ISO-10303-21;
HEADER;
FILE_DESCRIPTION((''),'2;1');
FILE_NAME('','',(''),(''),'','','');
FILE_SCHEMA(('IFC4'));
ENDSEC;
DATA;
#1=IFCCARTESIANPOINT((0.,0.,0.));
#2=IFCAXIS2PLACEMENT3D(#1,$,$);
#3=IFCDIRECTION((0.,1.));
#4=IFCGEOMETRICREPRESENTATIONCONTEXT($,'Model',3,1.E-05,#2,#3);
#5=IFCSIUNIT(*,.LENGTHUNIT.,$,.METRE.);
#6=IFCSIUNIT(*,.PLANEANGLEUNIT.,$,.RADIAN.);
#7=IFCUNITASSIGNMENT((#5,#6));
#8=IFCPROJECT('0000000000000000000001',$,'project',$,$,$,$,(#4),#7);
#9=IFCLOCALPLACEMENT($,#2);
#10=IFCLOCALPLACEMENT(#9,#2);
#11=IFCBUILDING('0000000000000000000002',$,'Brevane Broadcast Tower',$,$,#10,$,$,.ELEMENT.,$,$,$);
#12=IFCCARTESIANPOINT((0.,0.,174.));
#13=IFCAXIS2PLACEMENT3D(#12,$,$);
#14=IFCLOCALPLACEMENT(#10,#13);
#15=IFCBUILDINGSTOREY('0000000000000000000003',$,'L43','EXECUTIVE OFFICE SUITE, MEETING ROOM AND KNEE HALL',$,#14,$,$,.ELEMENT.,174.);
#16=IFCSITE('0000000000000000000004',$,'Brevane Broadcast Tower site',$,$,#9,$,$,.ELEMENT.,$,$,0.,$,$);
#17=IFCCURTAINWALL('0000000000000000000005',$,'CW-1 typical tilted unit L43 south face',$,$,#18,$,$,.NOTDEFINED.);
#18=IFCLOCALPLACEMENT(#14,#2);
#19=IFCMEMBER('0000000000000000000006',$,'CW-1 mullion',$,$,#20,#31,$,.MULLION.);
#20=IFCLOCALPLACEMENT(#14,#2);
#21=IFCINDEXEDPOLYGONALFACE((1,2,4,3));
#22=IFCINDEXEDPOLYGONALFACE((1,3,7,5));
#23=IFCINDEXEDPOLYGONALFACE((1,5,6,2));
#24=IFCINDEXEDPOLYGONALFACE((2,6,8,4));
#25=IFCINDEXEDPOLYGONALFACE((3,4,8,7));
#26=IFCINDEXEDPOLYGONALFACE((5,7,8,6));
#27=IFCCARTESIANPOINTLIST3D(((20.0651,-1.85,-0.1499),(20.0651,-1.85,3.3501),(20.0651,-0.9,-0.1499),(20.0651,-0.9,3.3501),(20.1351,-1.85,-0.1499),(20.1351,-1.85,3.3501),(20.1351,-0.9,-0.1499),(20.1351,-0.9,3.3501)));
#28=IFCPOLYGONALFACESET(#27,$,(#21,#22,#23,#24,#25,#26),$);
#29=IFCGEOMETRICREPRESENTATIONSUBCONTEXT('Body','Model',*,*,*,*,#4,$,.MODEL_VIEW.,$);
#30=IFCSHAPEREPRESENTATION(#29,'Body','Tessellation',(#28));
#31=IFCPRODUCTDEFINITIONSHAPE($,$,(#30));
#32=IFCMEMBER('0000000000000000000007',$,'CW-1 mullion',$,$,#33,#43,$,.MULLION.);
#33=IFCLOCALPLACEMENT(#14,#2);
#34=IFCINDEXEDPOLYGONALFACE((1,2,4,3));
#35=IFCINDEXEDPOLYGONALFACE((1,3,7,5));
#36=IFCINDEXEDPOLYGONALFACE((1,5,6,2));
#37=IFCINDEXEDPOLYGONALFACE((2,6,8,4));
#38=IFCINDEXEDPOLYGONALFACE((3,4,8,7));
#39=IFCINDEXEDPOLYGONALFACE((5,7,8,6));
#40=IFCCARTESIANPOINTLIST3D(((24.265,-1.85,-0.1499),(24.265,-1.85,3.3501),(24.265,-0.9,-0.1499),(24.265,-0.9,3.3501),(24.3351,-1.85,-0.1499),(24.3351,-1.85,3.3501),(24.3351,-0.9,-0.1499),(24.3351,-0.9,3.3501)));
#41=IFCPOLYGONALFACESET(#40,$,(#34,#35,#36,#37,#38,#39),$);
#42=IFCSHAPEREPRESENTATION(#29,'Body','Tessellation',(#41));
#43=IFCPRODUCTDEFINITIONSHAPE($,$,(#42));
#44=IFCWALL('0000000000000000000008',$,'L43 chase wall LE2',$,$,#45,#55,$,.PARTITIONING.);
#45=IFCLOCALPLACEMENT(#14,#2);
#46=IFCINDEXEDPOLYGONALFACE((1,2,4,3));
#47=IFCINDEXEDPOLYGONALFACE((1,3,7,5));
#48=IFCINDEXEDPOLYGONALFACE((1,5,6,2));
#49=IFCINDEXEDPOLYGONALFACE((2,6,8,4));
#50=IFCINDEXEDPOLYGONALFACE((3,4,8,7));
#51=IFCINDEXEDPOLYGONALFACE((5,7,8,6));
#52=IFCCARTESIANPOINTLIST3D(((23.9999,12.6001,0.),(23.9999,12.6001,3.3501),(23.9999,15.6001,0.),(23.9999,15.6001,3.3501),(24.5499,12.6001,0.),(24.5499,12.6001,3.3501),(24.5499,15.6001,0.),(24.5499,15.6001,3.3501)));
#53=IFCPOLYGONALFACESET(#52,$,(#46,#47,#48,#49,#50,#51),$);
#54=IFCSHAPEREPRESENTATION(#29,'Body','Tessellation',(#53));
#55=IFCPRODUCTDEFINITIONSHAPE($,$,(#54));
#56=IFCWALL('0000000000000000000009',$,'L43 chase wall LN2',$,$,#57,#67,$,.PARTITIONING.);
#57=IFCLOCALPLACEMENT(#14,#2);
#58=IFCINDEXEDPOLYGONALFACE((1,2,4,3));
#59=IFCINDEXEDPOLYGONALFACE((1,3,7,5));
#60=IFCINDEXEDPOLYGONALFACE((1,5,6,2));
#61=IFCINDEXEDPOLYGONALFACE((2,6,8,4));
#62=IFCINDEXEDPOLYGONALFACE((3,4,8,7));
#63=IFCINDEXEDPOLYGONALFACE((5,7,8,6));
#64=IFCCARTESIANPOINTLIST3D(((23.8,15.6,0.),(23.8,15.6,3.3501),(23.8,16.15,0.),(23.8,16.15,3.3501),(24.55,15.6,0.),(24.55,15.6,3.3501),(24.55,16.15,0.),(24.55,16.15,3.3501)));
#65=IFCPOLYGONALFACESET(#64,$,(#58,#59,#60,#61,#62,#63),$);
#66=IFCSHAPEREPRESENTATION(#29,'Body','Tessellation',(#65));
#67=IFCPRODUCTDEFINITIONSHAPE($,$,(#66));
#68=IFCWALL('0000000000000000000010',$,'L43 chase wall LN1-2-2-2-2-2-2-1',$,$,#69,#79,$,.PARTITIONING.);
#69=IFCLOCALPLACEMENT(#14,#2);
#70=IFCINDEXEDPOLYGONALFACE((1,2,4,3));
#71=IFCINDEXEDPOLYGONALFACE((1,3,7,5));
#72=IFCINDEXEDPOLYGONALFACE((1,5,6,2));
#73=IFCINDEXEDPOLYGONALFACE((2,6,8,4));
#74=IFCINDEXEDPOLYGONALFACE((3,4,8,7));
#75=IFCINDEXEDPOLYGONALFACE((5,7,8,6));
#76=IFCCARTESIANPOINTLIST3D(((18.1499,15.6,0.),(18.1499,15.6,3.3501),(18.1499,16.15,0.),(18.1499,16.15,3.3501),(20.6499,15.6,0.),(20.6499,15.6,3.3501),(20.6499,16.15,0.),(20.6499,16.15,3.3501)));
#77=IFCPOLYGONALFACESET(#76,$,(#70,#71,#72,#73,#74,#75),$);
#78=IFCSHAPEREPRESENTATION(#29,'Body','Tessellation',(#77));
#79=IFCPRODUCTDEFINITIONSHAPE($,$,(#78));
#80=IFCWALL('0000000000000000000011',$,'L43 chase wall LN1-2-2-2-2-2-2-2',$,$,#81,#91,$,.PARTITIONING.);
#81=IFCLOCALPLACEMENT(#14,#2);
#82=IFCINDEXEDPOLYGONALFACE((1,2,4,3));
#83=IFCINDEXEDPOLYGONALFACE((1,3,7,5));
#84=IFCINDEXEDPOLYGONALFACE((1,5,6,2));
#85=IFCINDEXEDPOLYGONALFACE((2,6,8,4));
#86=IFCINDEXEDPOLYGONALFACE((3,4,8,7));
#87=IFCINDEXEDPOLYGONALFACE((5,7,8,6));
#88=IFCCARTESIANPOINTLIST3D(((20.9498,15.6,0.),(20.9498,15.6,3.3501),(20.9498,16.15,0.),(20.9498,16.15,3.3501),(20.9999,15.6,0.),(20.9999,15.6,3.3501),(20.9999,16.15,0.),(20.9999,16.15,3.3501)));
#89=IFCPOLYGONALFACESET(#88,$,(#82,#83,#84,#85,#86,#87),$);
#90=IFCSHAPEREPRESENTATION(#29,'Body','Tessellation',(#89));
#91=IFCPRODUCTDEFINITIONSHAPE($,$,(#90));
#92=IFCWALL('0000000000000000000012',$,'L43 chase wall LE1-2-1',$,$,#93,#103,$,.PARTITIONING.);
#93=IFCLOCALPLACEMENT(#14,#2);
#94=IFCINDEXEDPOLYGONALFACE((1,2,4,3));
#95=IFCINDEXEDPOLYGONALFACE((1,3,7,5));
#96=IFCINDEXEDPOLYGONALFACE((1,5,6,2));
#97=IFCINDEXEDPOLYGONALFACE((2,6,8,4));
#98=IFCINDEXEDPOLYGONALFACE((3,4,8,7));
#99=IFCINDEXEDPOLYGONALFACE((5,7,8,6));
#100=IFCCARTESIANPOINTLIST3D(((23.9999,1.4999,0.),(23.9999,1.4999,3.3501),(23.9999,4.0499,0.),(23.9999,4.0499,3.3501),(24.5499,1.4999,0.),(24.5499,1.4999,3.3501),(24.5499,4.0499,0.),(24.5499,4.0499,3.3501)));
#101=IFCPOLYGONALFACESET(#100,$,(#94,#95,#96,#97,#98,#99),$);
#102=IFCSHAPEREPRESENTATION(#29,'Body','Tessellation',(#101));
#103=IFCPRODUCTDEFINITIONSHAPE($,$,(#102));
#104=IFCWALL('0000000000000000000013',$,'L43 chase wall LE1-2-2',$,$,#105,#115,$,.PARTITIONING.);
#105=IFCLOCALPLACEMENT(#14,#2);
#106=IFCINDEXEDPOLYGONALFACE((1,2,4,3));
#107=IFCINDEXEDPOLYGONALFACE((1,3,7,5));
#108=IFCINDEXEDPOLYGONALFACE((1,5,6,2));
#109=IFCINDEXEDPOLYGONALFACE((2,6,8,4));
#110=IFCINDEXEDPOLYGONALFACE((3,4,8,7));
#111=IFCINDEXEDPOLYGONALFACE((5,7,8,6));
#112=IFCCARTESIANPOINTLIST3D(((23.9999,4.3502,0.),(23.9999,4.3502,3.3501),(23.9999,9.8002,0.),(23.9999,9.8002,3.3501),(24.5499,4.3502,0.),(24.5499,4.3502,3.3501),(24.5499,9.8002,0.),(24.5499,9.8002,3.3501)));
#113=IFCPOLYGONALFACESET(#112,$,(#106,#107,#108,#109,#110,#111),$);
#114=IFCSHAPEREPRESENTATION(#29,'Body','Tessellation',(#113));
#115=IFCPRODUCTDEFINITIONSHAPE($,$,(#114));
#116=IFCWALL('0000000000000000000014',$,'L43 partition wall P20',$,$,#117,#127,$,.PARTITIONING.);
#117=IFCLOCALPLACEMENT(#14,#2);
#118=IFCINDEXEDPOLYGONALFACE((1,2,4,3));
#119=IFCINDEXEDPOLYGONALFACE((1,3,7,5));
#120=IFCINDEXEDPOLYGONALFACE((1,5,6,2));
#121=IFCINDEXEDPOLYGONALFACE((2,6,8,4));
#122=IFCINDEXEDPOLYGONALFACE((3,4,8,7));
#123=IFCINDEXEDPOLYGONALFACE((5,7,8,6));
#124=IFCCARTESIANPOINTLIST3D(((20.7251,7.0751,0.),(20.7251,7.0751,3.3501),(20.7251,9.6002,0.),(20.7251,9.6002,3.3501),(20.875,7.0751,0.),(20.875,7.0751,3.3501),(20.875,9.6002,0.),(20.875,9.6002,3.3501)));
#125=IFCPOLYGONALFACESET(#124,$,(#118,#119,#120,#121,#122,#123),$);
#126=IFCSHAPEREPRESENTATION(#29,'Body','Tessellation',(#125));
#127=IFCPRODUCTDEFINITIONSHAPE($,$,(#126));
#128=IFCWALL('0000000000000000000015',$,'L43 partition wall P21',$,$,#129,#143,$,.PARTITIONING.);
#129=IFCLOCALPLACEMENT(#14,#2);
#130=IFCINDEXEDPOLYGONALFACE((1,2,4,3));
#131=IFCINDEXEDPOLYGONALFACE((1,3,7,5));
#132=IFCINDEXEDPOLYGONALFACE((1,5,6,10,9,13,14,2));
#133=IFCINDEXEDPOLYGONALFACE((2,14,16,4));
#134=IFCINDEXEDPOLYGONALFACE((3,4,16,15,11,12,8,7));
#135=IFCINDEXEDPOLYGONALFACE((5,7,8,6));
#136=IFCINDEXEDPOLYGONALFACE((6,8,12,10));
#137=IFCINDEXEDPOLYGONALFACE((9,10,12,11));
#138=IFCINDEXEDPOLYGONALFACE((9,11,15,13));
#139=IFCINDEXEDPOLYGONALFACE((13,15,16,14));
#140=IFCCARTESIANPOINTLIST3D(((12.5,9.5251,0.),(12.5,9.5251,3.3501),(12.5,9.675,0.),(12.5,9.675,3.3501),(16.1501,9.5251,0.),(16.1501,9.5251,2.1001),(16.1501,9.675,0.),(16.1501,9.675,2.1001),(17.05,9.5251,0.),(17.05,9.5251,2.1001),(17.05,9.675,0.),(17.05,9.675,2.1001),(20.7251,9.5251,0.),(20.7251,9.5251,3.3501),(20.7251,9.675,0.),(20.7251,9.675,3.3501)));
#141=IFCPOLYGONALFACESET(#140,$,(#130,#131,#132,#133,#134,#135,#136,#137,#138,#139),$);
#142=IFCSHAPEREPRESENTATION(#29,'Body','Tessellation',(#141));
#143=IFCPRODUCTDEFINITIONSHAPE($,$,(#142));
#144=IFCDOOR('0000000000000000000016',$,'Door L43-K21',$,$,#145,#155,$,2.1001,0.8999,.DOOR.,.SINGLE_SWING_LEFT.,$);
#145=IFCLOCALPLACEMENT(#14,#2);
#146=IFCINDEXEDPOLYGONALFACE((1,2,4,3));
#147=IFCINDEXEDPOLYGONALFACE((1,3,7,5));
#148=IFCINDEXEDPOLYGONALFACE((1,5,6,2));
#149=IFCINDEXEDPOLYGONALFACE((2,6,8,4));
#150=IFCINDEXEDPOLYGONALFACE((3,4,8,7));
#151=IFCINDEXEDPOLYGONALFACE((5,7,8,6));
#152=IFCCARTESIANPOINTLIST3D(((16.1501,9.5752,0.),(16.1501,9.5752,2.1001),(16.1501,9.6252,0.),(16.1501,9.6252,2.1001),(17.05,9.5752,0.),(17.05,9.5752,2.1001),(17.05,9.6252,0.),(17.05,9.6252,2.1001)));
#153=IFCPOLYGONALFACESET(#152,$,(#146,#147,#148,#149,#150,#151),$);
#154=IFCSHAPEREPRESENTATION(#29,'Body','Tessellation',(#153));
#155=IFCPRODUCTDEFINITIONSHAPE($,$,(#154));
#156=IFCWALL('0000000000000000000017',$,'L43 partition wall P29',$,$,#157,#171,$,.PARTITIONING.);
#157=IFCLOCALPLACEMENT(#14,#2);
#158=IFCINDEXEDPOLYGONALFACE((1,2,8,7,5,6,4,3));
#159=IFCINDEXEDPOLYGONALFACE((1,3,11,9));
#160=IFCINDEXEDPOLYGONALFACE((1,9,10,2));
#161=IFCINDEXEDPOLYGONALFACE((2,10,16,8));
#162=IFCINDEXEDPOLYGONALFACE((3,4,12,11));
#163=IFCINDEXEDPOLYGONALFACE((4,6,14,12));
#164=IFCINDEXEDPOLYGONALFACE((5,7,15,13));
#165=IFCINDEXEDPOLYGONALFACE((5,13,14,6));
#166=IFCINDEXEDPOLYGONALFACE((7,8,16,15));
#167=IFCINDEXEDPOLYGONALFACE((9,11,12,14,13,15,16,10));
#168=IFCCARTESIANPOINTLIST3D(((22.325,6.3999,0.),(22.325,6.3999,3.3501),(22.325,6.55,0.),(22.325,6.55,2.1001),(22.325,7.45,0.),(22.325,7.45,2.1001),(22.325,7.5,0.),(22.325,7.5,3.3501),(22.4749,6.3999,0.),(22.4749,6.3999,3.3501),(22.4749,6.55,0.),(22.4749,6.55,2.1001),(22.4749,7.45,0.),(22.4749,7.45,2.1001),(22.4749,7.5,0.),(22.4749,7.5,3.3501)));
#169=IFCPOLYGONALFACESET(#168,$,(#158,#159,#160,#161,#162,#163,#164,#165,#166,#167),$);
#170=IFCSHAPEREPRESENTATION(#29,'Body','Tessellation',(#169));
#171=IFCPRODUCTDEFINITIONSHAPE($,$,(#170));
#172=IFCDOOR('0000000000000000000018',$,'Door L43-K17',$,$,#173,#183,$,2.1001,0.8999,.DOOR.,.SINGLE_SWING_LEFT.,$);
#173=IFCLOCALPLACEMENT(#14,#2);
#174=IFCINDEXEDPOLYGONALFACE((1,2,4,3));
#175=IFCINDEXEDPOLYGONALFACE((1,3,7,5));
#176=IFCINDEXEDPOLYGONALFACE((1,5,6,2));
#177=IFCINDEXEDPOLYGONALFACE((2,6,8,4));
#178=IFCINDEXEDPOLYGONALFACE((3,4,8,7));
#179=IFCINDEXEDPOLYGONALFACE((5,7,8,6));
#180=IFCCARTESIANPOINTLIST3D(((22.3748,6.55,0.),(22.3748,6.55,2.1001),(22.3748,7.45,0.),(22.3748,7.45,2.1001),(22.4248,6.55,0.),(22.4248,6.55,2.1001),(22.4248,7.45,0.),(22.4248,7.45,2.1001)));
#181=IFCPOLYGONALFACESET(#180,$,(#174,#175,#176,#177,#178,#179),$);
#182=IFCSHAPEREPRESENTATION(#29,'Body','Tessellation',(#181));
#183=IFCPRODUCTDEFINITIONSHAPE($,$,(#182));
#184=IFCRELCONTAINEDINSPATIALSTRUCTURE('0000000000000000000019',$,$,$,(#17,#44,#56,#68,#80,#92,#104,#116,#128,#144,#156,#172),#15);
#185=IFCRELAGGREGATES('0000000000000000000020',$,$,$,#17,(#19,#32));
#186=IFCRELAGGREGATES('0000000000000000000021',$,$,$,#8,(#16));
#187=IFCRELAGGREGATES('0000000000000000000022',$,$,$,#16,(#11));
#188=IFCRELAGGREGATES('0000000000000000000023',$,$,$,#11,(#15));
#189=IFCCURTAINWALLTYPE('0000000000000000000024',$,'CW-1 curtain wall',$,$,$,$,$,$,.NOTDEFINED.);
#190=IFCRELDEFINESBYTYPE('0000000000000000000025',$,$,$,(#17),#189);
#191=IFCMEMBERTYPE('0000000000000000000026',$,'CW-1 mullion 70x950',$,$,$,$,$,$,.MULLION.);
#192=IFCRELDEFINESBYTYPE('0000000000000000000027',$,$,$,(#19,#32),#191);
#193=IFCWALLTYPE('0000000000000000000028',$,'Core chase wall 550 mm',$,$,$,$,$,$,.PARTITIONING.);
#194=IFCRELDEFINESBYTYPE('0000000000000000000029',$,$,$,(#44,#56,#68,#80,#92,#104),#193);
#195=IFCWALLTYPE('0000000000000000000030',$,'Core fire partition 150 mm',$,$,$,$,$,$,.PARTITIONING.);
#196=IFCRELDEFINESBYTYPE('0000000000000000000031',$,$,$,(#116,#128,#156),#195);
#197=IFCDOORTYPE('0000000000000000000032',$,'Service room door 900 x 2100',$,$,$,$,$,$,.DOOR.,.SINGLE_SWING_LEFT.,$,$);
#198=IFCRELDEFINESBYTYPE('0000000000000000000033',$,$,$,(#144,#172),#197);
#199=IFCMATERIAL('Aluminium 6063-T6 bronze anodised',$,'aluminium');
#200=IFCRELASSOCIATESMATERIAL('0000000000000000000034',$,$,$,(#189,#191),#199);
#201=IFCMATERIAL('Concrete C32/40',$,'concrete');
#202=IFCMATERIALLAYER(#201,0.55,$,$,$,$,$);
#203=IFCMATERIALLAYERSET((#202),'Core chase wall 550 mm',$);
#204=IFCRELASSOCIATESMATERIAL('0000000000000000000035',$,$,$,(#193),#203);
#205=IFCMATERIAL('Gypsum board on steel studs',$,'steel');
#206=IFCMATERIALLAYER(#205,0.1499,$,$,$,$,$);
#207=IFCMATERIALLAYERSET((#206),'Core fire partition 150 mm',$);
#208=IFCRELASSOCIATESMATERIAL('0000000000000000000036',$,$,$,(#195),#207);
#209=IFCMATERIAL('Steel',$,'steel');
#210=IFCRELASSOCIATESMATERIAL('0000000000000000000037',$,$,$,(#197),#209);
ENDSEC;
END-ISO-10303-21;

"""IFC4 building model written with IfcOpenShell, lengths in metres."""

from ifc_helpers import new_model, si_unit, direction, frame, frame_2d, origin, origin_2d, place, context, subcontext, project, spatial, rectangle, extrude, material, layer, layer_set, material_profile, profile_set, type_object, element, fill, aggregate, save


model = new_model("IFC4")

# Units and contexts
model_context = context("Model", 3, precision=1e-05, world=origin(), true_north=direction((0.0, 1.0)))
body_context = subcontext(model_context, "Body", "Model", "MODEL_VIEW")
ifc_project = project(units=[si_unit("LENGTHUNIT", "METRE"), si_unit("PLANEANGLEUNIT", "RADIAN")], contexts=[model_context])

# Site, building, storey
site_placement = place(None, origin())
site = spatial("IfcSite", under=ifc_project, at=site_placement, Name="Brevane Broadcast Tower site", CompositionType="ELEMENT", RefElevation=0.0)
building_placement = place(site_placement, origin())
building = spatial("IfcBuilding", under=site, at=building_placement, Name="Brevane Broadcast Tower", CompositionType="ELEMENT")
storey_placement = place(building_placement, frame((0.0, 0.0, 174.0)))
storey = spatial("IfcBuildingStorey", under=building, at=storey_placement, Name="L43", Description="EXECUTIVE OFFICE SUITE, MEETING ROOM AND KNEE HALL", CompositionType="ELEMENT", Elevation=174.0)

# Curtain wall, members
ifc_material_1 = material(Name="Aluminium 6063-T6 bronze anodised", Category="aluminium")
curtain_wall_type = type_object("IfcCurtainWallType", Name="CW-1 curtain wall", PredefinedType="NOTDEFINED", material=ifc_material_1)
curtain_wall_placement = place(storey_placement, origin())
curtain_wall = element("IfcCurtainWall", 1, at=curtain_wall_placement, inside=storey, type_object=curtain_wall_type, Name="CW-1 typical tilted unit L43 south face", PredefinedType="NOTDEFINED")
ifc_material_profile = material_profile(ifc_material_1, rectangle(XDim=0.95, YDim=0.0701, at=origin_2d()), Name="RECT 70x950")
ifc_profile_set = profile_set([ifc_material_profile], Name="Aluminium 6063-T6 bronze anodised")
member_type = type_object("IfcMemberType", Name="CW-1 mullion 70x950", PredefinedType="MULLION", material=ifc_profile_set)
member_1_placement = place(storey_placement, frame((20.1001, -1.375, -0.1499), z_axis=(0.0, 0.0, 1.0), x_axis=(0.0, 1.0, 0.0)))
member_1 = element("IfcMember", 2, at=member_1_placement, type_object=member_type, Name="CW-1 mullion", PredefinedType="MULLION", context=body_context, shape_type="SweptSolid", body=[
    extrude(rectangle(XDim=0.95, YDim=0.0701, at=origin_2d()), origin(), (0.0, 0.0, 1.0), 3.5),
])
member_2_placement = place(storey_placement, frame((24.3, -1.375, -0.1499), z_axis=(0.0, 0.0, 1.0), x_axis=(0.0, 1.0, 0.0)))
member_2 = element("IfcMember", 3, at=member_2_placement, type_object=member_type, Name="CW-1 mullion", PredefinedType="MULLION", context=body_context, shape_type="SweptSolid", body=[
    extrude(rectangle(XDim=0.95, YDim=0.0701, at=origin_2d()), origin(), (0.0, 0.0, 1.0), 3.5),
])
aggregate(curtain_wall, [member_1, member_2])

# Walls
ifc_material_2 = material(Name="Concrete C32/40", Category="concrete")
ifc_layer_1 = layer(ifc_material_2, 0.55)
ifc_layer_set_1 = layer_set([ifc_layer_1], Name="Core chase wall 550 mm")
wall_type_1 = type_object("IfcWallType", Name="Core chase wall 550 mm", PredefinedType="PARTITIONING", material=ifc_layer_set_1)
wall_1_placement = place(storey_placement, frame((24.2749, 12.6001, 0.0), z_axis=(0.0, 0.0, 1.0), x_axis=(0.0, 1.0, 0.0)))
element("IfcWall", 4, at=wall_1_placement, inside=storey, type_object=wall_type_1, Name="L43 chase wall LE2", PredefinedType="PARTITIONING", context=body_context, shape_type="SweptSolid", body=[
    extrude(rectangle(XDim=3.0, YDim=0.55, at=frame_2d((1.5, 0.0))), origin(), (0.0, 0.0, 1.0), 3.3501),
])
wall_2_placement = place(storey_placement, frame((23.8, 15.875, 0.0), z_axis=(0.0, 0.0, 1.0), x_axis=(1.0, 0.0, 0.0)))
element("IfcWall", 5, at=wall_2_placement, inside=storey, type_object=wall_type_1, Name="L43 chase wall LN2", PredefinedType="PARTITIONING", context=body_context, shape_type="SweptSolid", body=[
    extrude(rectangle(XDim=0.75, YDim=0.55, at=frame_2d((0.375, 0.0))), origin(), (0.0, 0.0, 1.0), 3.3501),
])
wall_3_placement = place(storey_placement, frame((18.1499, 15.875, 0.0), z_axis=(0.0, 0.0, 1.0), x_axis=(1.0, 0.0, 0.0)))
element("IfcWall", 6, at=wall_3_placement, inside=storey, type_object=wall_type_1, Name="L43 chase wall LN1-2-2-2-2-2-2-1", PredefinedType="PARTITIONING", context=body_context, shape_type="SweptSolid", body=[
    extrude(rectangle(XDim=2.5, YDim=0.55, at=frame_2d((1.25, 0.0))), origin(), (0.0, 0.0, 1.0), 3.3501),
])
wall_4_placement = place(storey_placement, frame((20.95, 15.875, 0.0), z_axis=(0.0, 0.0, 1.0), x_axis=(1.0, 0.0, 0.0)))
element("IfcWall", 7, at=wall_4_placement, inside=storey, type_object=wall_type_1, Name="L43 chase wall LN1-2-2-2-2-2-2-2", PredefinedType="PARTITIONING", context=body_context, shape_type="SweptSolid", body=[
    extrude(rectangle(XDim=0.05, YDim=0.55, at=frame_2d((0.0249, 0.0))), origin(), (0.0, 0.0, 1.0), 3.3501),
])
wall_5_placement = place(storey_placement, frame((24.2749, 1.5, 0.0), z_axis=(0.0, 0.0, 1.0), x_axis=(0.0, 1.0, 0.0)))
element("IfcWall", 8, at=wall_5_placement, inside=storey, type_object=wall_type_1, Name="L43 chase wall LE1-2-1", PredefinedType="PARTITIONING", context=body_context, shape_type="SweptSolid", body=[
    extrude(rectangle(XDim=2.55, YDim=0.55, at=frame_2d((1.2749, 0.0))), origin(), (0.0, 0.0, 1.0), 3.3501),
])
wall_6_placement = place(storey_placement, frame((24.2749, 4.3501, 0.0), z_axis=(0.0, 0.0, 1.0), x_axis=(0.0, 1.0, 0.0)))
element("IfcWall", 9, at=wall_6_placement, inside=storey, type_object=wall_type_1, Name="L43 chase wall LE1-2-2", PredefinedType="PARTITIONING", context=body_context, shape_type="SweptSolid", body=[
    extrude(rectangle(XDim=5.45, YDim=0.55, at=frame_2d((2.7251, 0.0))), origin(), (0.0, 0.0, 1.0), 3.3501),
])
ifc_material_3 = material(Name="Gypsum board on steel studs", Category="steel")
ifc_layer_2 = layer(ifc_material_3, 0.1499)
ifc_layer_set_2 = layer_set([ifc_layer_2], Name="Core fire partition 150 mm")
wall_type_2 = type_object("IfcWallType", Name="Core fire partition 150 mm", PredefinedType="PARTITIONING", material=ifc_layer_set_2)
wall_7_placement = place(storey_placement, frame((20.8, 7.075, 0.0), z_axis=(0.0, 0.0, 1.0), x_axis=(0.0, 1.0, 0.0)))
element("IfcWall", 10, at=wall_7_placement, inside=storey, type_object=wall_type_2, Name="L43 partition wall P20", PredefinedType="PARTITIONING", context=body_context, shape_type="SweptSolid", body=[
    extrude(rectangle(XDim=2.5251, YDim=0.1499, at=frame_2d((1.2627, 0.0))), origin(), (0.0, 0.0, 1.0), 3.3501),
])

# Walls, openings, doors
wall_8_placement = place(storey_placement, frame((20.7251, 9.6001, 0.0), z_axis=(0.0, 0.0, 1.0), x_axis=(-1.0, 0.0, 0.0)))
wall_8 = element("IfcWall", 11, at=wall_8_placement, inside=storey, type_object=wall_type_2, Name="L43 partition wall P21", PredefinedType="PARTITIONING", context=body_context, shape_type="SweptSolid", body=[
    extrude(rectangle(XDim=8.2251, YDim=0.1499, at=frame_2d((4.1125, 0.0))), origin(), (0.0, 0.0, 1.0), 3.3501),
])
opening_1_placement = place(wall_8_placement, frame((3.675, 0.0, 0.0)))
opening_1 = element("IfcOpeningElement", 12, at=opening_1_placement, cuts=wall_8, PredefinedType="OPENING", context=body_context, shape_type="SweptSolid", body=[
    extrude(rectangle(XDim=0.8999, YDim=2.1001, at=frame_2d((0.45, 1.05))), frame((0.0, 0.085, 0.0), z_axis=(0.0, -1.0, 0.0), x_axis=(1.0, 0.0, 0.0)), (0.0, 0.0, 1.0), 0.1699),
])
ifc_material_4 = material(Name="Steel", Category="steel")
door_type_1 = type_object("IfcDoorType", Name="Service room door 900 x 2100", OperationType="SINGLE_SWING_LEFT", PredefinedType="DOOR", material=ifc_material_4)
door_1_placement = place(opening_1_placement, origin())
door_1 = element("IfcDoor", 13, at=door_1_placement, inside=storey, type_object=door_type_1, Name="Door L43-K21", OperationType="SINGLE_SWING_LEFT", OverallHeight=2.1001, OverallWidth=0.8999, PredefinedType="DOOR", context=body_context, shape_type="SweptSolid", body=[
    extrude(rectangle(XDim=0.8999, YDim=2.1001, at=frame_2d((0.45, 1.05))), frame((0.0, 0.0249, 0.0), z_axis=(0.0, -1.0, 0.0), x_axis=(1.0, 0.0, 0.0)), (0.0, 0.0, 1.0), 0.05),
])
fill(opening_1, door_1)
wall_9_placement = place(storey_placement, frame((22.3999, 7.5, 0.0), z_axis=(0.0, 0.0, 1.0), x_axis=(0.0, -1.0, 0.0)))
wall_9 = element("IfcWall", 14, at=wall_9_placement, inside=storey, type_object=wall_type_2, Name="L43 partition wall P29", PredefinedType="PARTITIONING", context=body_context, shape_type="SweptSolid", body=[
    extrude(rectangle(XDim=1.1001, YDim=0.1499, at=frame_2d((0.55, 0.0))), origin(), (0.0, 0.0, 1.0), 3.3501),
])
opening_2_placement = place(wall_9_placement, frame((0.05, 0.0, 0.0)))
opening_2 = element("IfcOpeningElement", 15, at=opening_2_placement, cuts=wall_9, PredefinedType="OPENING", context=body_context, shape_type="SweptSolid", body=[
    extrude(rectangle(XDim=0.8999, YDim=2.1001, at=frame_2d((0.45, 1.05))), frame((0.0, 0.085, 0.0), z_axis=(0.0, -1.0, 0.0), x_axis=(1.0, 0.0, 0.0)), (0.0, 0.0, 1.0), 0.1699),
])
door_2_placement = place(opening_2_placement, origin())
door_2 = element("IfcDoor", 16, at=door_2_placement, inside=storey, type_object=door_type_1, Name="Door L43-K17", OperationType="SINGLE_SWING_LEFT", OverallHeight=2.1001, OverallWidth=0.8999, PredefinedType="DOOR", context=body_context, shape_type="SweptSolid", body=[
    extrude(rectangle(XDim=0.8999, YDim=2.1001, at=frame_2d((0.45, 1.05))), frame((0.0, 0.0249, 0.0), z_axis=(0.0, -1.0, 0.0), x_axis=(1.0, 0.0, 0.0)), (0.0, 0.0, 1.0), 0.05),
])
fill(opening_2, door_2)

save(model, "model.ifc")
